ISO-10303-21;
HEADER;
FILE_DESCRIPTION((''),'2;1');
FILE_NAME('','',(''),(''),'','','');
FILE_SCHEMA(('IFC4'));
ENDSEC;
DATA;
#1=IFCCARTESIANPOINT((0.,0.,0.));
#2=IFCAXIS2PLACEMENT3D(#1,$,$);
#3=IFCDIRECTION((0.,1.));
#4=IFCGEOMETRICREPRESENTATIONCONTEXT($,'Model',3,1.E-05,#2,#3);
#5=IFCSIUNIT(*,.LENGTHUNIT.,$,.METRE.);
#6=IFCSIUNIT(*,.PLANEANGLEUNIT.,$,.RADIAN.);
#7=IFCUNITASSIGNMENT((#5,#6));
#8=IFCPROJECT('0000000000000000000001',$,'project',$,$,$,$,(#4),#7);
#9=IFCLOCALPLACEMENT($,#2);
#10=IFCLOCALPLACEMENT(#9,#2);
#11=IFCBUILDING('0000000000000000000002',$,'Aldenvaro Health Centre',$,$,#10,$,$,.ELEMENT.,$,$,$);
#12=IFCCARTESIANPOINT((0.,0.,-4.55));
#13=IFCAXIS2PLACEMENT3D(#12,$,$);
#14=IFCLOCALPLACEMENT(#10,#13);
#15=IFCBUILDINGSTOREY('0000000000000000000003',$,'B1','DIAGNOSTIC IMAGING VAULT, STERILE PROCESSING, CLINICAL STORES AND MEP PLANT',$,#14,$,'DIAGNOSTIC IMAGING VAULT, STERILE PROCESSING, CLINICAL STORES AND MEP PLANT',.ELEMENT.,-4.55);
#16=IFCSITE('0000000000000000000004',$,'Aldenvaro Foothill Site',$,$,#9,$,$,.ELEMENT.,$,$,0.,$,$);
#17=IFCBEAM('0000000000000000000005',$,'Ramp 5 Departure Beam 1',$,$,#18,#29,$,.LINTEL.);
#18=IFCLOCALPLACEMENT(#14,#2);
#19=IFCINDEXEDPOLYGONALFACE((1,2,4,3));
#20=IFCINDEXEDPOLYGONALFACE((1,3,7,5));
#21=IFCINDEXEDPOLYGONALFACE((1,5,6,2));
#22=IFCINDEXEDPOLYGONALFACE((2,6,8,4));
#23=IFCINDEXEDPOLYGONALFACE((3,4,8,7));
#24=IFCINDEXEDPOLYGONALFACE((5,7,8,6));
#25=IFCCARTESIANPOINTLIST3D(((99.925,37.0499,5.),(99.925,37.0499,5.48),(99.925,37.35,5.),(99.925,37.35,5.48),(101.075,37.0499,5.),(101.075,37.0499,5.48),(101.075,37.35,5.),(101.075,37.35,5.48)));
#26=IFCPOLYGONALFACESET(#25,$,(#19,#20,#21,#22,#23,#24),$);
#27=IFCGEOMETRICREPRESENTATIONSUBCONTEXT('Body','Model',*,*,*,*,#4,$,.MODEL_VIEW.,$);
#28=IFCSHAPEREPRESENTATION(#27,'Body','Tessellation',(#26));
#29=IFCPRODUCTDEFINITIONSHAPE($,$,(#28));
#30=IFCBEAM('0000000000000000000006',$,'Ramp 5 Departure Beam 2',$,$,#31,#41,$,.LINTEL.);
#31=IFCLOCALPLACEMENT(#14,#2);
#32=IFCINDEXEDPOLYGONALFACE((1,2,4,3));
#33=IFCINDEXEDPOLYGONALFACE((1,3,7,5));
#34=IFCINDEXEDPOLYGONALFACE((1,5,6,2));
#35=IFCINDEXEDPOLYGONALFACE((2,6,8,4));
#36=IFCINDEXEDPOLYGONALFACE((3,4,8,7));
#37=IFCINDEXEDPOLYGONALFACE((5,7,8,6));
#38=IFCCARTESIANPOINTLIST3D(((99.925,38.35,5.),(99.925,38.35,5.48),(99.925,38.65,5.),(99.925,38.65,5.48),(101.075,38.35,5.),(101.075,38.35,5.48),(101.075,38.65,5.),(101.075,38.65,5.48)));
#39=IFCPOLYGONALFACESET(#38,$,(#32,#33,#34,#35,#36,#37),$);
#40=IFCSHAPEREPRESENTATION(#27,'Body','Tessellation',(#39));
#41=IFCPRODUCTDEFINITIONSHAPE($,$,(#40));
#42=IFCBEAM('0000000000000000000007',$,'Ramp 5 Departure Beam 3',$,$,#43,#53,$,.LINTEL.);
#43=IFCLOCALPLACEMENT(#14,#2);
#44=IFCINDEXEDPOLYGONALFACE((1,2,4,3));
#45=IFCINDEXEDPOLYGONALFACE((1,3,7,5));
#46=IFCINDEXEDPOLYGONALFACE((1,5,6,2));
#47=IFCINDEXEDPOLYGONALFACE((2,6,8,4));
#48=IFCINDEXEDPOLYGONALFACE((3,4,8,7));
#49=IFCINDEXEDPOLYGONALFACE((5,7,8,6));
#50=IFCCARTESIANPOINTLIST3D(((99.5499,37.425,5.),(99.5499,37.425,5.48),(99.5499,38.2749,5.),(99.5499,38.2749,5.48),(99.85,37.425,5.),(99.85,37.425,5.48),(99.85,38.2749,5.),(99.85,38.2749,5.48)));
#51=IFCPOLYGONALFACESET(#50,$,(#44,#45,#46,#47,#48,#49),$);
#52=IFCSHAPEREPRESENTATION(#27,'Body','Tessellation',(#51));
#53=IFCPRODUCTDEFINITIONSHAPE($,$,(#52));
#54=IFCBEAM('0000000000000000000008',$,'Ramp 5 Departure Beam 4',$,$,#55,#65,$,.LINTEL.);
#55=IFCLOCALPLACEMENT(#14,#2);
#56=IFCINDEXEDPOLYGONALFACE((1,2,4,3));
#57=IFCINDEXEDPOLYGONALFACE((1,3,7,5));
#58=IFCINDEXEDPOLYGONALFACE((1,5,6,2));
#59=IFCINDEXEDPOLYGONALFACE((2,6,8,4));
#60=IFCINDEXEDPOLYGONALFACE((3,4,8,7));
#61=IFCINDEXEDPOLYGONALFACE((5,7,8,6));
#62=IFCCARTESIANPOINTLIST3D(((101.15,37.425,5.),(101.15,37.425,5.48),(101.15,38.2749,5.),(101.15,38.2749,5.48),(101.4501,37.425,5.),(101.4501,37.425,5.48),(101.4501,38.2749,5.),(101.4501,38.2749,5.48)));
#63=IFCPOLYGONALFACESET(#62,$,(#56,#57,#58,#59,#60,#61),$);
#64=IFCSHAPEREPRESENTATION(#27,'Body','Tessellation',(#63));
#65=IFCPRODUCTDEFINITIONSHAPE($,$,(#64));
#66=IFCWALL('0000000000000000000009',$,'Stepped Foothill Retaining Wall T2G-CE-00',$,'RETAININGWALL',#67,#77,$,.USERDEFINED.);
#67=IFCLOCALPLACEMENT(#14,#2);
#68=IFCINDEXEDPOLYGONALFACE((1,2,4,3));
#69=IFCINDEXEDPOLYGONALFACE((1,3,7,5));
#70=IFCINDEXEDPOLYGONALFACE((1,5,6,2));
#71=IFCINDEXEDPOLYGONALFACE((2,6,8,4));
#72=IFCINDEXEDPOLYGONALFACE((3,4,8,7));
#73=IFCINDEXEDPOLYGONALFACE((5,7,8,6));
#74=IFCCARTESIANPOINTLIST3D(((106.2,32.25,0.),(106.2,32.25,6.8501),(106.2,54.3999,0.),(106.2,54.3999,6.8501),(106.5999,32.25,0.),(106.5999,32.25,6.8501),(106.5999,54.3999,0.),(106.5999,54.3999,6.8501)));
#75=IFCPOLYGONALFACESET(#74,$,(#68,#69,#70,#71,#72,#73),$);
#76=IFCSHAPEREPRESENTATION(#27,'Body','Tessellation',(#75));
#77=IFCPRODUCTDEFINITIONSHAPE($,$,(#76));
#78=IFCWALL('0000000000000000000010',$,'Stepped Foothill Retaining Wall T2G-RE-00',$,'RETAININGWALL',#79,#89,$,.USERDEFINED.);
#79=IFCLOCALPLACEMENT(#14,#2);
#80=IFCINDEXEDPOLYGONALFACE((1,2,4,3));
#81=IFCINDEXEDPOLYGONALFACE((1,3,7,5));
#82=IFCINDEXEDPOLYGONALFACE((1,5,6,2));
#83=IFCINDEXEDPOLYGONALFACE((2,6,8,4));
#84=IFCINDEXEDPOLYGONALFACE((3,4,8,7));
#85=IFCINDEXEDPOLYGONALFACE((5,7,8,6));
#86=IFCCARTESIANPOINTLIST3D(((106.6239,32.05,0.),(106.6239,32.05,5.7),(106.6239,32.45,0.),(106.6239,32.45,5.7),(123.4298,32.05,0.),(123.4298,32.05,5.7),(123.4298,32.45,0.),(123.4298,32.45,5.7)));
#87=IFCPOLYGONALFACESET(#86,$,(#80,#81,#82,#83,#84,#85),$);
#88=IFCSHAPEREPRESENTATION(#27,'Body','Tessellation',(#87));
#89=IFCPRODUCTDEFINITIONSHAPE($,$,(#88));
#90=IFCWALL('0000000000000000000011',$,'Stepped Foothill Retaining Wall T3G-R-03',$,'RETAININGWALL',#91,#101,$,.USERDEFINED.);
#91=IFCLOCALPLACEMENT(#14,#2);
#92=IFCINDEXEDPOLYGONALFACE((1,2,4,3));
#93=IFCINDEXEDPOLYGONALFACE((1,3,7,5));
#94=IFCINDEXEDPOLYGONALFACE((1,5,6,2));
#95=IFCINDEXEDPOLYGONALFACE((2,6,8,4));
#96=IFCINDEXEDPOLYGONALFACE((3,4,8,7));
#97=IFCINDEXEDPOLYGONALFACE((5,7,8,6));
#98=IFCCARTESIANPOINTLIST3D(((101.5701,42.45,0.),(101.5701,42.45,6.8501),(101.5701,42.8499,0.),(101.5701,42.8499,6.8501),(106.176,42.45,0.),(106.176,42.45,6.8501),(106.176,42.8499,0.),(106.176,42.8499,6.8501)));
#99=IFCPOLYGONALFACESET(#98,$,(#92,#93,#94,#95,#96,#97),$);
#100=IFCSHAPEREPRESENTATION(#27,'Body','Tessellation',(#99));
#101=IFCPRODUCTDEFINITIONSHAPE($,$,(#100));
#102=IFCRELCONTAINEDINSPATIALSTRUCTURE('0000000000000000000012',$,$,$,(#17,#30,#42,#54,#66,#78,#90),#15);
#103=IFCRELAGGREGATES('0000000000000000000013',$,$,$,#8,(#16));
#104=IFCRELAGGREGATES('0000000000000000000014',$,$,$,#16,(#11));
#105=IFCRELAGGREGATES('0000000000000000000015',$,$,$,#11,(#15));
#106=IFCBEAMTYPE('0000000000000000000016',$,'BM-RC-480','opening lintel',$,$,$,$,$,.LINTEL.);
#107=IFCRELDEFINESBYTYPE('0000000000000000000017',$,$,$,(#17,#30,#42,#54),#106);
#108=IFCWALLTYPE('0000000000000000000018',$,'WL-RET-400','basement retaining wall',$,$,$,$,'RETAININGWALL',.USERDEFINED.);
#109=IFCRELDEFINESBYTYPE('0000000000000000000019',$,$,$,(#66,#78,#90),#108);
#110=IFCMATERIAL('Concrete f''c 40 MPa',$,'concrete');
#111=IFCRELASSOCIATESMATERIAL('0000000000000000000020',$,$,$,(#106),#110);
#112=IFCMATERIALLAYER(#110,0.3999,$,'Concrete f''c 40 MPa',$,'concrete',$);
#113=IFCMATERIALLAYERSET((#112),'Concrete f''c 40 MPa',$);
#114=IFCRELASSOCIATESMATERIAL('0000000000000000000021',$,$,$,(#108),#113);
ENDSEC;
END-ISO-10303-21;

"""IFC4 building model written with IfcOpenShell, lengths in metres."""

from ifc_helpers import new_model, si_unit, direction, frame, frame_2d, origin, origin_2d, place, context, subcontext, project, spatial, rectangle, extrude, material, layer, layer_set, material_profile, profile_set, type_object, element, save


model = new_model("IFC4")

# Units and contexts
model_context = context("Model", 3, precision=1e-05, world=origin(), true_north=direction((0.0, 1.0)))
body_context = subcontext(model_context, "Body", "Model", "MODEL_VIEW")
ifc_project = project(units=[si_unit("LENGTHUNIT", "METRE"), si_unit("PLANEANGLEUNIT", "RADIAN")], contexts=[model_context])

# Site, building, storey
site_placement = place(None, origin())
site = spatial("IfcSite", under=ifc_project, at=site_placement, Name="Aldenvaro Foothill Site", CompositionType="ELEMENT", RefElevation=0.0)
building_placement = place(site_placement, origin())
building = spatial("IfcBuilding", under=site, at=building_placement, Name="Aldenvaro Health Centre", CompositionType="ELEMENT")
storey_placement = place(building_placement, frame((0.0, 0.0, -4.55)))
storey = spatial("IfcBuildingStorey", under=building, at=storey_placement, Name="B1", Description="DIAGNOSTIC IMAGING VAULT, STERILE PROCESSING, CLINICAL STORES AND MEP PLANT", LongName="DIAGNOSTIC IMAGING VAULT, STERILE PROCESSING, CLINICAL STORES AND MEP PLANT", CompositionType="ELEMENT", Elevation=-4.55)

# Shared definitions
ifc_material = material(Name="Concrete f'c 40 MPa", Category="concrete")

# Beams
ifc_material_profile_1 = material_profile(ifc_material, rectangle(XDim=0.3, YDim=0.48, at=origin_2d()), Name="RC 300x480", Category="concrete")
ifc_profile_set_1 = profile_set([ifc_material_profile_1], Name="Concrete f'c 40 MPa")
beam_type = type_object("IfcBeamType", Name="BM-RC-480", Description="opening lintel", PredefinedType="LINTEL", material=ifc_profile_set_1)
for number, where, z_axis, x_axis, name in (
    (1, (99.925, 37.2, 5.24), (1.0, 0.0, 0.0), (0.0, 1.0, 0.0), "Ramp 5 Departure Beam 1"),
    (2, (101.075, 38.5, 5.24), (-1.0, 0.0, 0.0), (0.0, -1.0, 0.0), "Ramp 5 Departure Beam 2"),
):
    element("IfcBeam", number, at=place(storey_placement, frame(where, z_axis=z_axis, x_axis=x_axis)), inside=storey, type_object=beam_type, Name=name, PredefinedType="LINTEL", context=body_context, shape_type="SweptSolid", body=[
        extrude(rectangle(XDim=0.3, YDim=0.48, at=origin_2d()), origin(), (0.0, 0.0, 1.0), 1.1499),
    ])
for number, where, z_axis, x_axis, name in (
    (3, (99.7, 37.425, 5.24), (0.0, 1.0, 0.0), (-1.0, 0.0, 0.0), "Ramp 5 Departure Beam 3"),
    (4, (101.3, 37.425, 5.24), (0.0, 1.0, 0.0), (-1.0, 0.0, 0.0), "Ramp 5 Departure Beam 4"),
):
    element("IfcBeam", number, at=place(storey_placement, frame(where, z_axis=z_axis, x_axis=x_axis)), inside=storey, type_object=beam_type, Name=name, PredefinedType="LINTEL", context=body_context, shape_type="SweptSolid", body=[
        extrude(rectangle(XDim=0.3, YDim=0.48, at=origin_2d()), origin(), (0.0, 0.0, 1.0), 0.8499),
    ])

# Walls
ifc_layer = layer(ifc_material, 0.3999, Name="Concrete f'c 40 MPa", Category="concrete")
ifc_layer_set = layer_set([ifc_layer], Name="Concrete f'c 40 MPa")
wall_type = type_object("IfcWallType", Name="WL-RET-400", Description="basement retaining wall", ElementType="RETAININGWALL", PredefinedType="USERDEFINED", material=ifc_layer_set)
wall_1_placement = place(storey_placement, frame((106.3999, 32.25, 0.0), z_axis=(0.0, 0.0, 1.0), x_axis=(0.0, 1.0, 0.0)))
element("IfcWall", 5, at=wall_1_placement, inside=storey, type_object=wall_type, Name="Stepped Foothill Retaining Wall T2G-CE-00", ObjectType="RETAININGWALL", PredefinedType="USERDEFINED", context=body_context, shape_type="SweptSolid", body=[
    extrude(rectangle(XDim=22.1499, YDim=0.3999, at=frame_2d((11.075, 0.0))), origin(), (0.0, 0.0, 1.0), 6.8501),
])
wall_2_placement = place(storey_placement, frame((106.624, 32.25, 0.0), z_axis=(0.0, 0.0, 1.0), x_axis=(1.0, 0.0, 0.0)))
element("IfcWall", 6, at=wall_2_placement, inside=storey, type_object=wall_type, Name="Stepped Foothill Retaining Wall T2G-RE-00", ObjectType="RETAININGWALL", PredefinedType="USERDEFINED", context=body_context, shape_type="SweptSolid", body=[
    extrude(rectangle(XDim=16.8059, YDim=0.3999, at=frame_2d((8.4028, 0.0))), origin(), (0.0, 0.0, 1.0), 5.7),
])
wall_3_placement = place(storey_placement, frame((101.5701, 42.6499, 0.0), z_axis=(0.0, 0.0, 1.0), x_axis=(1.0, 0.0, 0.0)))
element("IfcWall", 7, at=wall_3_placement, inside=storey, type_object=wall_type, Name="Stepped Foothill Retaining Wall T3G-R-03", ObjectType="RETAININGWALL", PredefinedType="USERDEFINED", context=body_context, shape_type="SweptSolid", body=[
    extrude(rectangle(XDim=4.606, YDim=0.3999, at=frame_2d((2.303, 0.0))), origin(), (0.0, 0.0, 1.0), 6.8501),
])

save(model, "model.ifc")
